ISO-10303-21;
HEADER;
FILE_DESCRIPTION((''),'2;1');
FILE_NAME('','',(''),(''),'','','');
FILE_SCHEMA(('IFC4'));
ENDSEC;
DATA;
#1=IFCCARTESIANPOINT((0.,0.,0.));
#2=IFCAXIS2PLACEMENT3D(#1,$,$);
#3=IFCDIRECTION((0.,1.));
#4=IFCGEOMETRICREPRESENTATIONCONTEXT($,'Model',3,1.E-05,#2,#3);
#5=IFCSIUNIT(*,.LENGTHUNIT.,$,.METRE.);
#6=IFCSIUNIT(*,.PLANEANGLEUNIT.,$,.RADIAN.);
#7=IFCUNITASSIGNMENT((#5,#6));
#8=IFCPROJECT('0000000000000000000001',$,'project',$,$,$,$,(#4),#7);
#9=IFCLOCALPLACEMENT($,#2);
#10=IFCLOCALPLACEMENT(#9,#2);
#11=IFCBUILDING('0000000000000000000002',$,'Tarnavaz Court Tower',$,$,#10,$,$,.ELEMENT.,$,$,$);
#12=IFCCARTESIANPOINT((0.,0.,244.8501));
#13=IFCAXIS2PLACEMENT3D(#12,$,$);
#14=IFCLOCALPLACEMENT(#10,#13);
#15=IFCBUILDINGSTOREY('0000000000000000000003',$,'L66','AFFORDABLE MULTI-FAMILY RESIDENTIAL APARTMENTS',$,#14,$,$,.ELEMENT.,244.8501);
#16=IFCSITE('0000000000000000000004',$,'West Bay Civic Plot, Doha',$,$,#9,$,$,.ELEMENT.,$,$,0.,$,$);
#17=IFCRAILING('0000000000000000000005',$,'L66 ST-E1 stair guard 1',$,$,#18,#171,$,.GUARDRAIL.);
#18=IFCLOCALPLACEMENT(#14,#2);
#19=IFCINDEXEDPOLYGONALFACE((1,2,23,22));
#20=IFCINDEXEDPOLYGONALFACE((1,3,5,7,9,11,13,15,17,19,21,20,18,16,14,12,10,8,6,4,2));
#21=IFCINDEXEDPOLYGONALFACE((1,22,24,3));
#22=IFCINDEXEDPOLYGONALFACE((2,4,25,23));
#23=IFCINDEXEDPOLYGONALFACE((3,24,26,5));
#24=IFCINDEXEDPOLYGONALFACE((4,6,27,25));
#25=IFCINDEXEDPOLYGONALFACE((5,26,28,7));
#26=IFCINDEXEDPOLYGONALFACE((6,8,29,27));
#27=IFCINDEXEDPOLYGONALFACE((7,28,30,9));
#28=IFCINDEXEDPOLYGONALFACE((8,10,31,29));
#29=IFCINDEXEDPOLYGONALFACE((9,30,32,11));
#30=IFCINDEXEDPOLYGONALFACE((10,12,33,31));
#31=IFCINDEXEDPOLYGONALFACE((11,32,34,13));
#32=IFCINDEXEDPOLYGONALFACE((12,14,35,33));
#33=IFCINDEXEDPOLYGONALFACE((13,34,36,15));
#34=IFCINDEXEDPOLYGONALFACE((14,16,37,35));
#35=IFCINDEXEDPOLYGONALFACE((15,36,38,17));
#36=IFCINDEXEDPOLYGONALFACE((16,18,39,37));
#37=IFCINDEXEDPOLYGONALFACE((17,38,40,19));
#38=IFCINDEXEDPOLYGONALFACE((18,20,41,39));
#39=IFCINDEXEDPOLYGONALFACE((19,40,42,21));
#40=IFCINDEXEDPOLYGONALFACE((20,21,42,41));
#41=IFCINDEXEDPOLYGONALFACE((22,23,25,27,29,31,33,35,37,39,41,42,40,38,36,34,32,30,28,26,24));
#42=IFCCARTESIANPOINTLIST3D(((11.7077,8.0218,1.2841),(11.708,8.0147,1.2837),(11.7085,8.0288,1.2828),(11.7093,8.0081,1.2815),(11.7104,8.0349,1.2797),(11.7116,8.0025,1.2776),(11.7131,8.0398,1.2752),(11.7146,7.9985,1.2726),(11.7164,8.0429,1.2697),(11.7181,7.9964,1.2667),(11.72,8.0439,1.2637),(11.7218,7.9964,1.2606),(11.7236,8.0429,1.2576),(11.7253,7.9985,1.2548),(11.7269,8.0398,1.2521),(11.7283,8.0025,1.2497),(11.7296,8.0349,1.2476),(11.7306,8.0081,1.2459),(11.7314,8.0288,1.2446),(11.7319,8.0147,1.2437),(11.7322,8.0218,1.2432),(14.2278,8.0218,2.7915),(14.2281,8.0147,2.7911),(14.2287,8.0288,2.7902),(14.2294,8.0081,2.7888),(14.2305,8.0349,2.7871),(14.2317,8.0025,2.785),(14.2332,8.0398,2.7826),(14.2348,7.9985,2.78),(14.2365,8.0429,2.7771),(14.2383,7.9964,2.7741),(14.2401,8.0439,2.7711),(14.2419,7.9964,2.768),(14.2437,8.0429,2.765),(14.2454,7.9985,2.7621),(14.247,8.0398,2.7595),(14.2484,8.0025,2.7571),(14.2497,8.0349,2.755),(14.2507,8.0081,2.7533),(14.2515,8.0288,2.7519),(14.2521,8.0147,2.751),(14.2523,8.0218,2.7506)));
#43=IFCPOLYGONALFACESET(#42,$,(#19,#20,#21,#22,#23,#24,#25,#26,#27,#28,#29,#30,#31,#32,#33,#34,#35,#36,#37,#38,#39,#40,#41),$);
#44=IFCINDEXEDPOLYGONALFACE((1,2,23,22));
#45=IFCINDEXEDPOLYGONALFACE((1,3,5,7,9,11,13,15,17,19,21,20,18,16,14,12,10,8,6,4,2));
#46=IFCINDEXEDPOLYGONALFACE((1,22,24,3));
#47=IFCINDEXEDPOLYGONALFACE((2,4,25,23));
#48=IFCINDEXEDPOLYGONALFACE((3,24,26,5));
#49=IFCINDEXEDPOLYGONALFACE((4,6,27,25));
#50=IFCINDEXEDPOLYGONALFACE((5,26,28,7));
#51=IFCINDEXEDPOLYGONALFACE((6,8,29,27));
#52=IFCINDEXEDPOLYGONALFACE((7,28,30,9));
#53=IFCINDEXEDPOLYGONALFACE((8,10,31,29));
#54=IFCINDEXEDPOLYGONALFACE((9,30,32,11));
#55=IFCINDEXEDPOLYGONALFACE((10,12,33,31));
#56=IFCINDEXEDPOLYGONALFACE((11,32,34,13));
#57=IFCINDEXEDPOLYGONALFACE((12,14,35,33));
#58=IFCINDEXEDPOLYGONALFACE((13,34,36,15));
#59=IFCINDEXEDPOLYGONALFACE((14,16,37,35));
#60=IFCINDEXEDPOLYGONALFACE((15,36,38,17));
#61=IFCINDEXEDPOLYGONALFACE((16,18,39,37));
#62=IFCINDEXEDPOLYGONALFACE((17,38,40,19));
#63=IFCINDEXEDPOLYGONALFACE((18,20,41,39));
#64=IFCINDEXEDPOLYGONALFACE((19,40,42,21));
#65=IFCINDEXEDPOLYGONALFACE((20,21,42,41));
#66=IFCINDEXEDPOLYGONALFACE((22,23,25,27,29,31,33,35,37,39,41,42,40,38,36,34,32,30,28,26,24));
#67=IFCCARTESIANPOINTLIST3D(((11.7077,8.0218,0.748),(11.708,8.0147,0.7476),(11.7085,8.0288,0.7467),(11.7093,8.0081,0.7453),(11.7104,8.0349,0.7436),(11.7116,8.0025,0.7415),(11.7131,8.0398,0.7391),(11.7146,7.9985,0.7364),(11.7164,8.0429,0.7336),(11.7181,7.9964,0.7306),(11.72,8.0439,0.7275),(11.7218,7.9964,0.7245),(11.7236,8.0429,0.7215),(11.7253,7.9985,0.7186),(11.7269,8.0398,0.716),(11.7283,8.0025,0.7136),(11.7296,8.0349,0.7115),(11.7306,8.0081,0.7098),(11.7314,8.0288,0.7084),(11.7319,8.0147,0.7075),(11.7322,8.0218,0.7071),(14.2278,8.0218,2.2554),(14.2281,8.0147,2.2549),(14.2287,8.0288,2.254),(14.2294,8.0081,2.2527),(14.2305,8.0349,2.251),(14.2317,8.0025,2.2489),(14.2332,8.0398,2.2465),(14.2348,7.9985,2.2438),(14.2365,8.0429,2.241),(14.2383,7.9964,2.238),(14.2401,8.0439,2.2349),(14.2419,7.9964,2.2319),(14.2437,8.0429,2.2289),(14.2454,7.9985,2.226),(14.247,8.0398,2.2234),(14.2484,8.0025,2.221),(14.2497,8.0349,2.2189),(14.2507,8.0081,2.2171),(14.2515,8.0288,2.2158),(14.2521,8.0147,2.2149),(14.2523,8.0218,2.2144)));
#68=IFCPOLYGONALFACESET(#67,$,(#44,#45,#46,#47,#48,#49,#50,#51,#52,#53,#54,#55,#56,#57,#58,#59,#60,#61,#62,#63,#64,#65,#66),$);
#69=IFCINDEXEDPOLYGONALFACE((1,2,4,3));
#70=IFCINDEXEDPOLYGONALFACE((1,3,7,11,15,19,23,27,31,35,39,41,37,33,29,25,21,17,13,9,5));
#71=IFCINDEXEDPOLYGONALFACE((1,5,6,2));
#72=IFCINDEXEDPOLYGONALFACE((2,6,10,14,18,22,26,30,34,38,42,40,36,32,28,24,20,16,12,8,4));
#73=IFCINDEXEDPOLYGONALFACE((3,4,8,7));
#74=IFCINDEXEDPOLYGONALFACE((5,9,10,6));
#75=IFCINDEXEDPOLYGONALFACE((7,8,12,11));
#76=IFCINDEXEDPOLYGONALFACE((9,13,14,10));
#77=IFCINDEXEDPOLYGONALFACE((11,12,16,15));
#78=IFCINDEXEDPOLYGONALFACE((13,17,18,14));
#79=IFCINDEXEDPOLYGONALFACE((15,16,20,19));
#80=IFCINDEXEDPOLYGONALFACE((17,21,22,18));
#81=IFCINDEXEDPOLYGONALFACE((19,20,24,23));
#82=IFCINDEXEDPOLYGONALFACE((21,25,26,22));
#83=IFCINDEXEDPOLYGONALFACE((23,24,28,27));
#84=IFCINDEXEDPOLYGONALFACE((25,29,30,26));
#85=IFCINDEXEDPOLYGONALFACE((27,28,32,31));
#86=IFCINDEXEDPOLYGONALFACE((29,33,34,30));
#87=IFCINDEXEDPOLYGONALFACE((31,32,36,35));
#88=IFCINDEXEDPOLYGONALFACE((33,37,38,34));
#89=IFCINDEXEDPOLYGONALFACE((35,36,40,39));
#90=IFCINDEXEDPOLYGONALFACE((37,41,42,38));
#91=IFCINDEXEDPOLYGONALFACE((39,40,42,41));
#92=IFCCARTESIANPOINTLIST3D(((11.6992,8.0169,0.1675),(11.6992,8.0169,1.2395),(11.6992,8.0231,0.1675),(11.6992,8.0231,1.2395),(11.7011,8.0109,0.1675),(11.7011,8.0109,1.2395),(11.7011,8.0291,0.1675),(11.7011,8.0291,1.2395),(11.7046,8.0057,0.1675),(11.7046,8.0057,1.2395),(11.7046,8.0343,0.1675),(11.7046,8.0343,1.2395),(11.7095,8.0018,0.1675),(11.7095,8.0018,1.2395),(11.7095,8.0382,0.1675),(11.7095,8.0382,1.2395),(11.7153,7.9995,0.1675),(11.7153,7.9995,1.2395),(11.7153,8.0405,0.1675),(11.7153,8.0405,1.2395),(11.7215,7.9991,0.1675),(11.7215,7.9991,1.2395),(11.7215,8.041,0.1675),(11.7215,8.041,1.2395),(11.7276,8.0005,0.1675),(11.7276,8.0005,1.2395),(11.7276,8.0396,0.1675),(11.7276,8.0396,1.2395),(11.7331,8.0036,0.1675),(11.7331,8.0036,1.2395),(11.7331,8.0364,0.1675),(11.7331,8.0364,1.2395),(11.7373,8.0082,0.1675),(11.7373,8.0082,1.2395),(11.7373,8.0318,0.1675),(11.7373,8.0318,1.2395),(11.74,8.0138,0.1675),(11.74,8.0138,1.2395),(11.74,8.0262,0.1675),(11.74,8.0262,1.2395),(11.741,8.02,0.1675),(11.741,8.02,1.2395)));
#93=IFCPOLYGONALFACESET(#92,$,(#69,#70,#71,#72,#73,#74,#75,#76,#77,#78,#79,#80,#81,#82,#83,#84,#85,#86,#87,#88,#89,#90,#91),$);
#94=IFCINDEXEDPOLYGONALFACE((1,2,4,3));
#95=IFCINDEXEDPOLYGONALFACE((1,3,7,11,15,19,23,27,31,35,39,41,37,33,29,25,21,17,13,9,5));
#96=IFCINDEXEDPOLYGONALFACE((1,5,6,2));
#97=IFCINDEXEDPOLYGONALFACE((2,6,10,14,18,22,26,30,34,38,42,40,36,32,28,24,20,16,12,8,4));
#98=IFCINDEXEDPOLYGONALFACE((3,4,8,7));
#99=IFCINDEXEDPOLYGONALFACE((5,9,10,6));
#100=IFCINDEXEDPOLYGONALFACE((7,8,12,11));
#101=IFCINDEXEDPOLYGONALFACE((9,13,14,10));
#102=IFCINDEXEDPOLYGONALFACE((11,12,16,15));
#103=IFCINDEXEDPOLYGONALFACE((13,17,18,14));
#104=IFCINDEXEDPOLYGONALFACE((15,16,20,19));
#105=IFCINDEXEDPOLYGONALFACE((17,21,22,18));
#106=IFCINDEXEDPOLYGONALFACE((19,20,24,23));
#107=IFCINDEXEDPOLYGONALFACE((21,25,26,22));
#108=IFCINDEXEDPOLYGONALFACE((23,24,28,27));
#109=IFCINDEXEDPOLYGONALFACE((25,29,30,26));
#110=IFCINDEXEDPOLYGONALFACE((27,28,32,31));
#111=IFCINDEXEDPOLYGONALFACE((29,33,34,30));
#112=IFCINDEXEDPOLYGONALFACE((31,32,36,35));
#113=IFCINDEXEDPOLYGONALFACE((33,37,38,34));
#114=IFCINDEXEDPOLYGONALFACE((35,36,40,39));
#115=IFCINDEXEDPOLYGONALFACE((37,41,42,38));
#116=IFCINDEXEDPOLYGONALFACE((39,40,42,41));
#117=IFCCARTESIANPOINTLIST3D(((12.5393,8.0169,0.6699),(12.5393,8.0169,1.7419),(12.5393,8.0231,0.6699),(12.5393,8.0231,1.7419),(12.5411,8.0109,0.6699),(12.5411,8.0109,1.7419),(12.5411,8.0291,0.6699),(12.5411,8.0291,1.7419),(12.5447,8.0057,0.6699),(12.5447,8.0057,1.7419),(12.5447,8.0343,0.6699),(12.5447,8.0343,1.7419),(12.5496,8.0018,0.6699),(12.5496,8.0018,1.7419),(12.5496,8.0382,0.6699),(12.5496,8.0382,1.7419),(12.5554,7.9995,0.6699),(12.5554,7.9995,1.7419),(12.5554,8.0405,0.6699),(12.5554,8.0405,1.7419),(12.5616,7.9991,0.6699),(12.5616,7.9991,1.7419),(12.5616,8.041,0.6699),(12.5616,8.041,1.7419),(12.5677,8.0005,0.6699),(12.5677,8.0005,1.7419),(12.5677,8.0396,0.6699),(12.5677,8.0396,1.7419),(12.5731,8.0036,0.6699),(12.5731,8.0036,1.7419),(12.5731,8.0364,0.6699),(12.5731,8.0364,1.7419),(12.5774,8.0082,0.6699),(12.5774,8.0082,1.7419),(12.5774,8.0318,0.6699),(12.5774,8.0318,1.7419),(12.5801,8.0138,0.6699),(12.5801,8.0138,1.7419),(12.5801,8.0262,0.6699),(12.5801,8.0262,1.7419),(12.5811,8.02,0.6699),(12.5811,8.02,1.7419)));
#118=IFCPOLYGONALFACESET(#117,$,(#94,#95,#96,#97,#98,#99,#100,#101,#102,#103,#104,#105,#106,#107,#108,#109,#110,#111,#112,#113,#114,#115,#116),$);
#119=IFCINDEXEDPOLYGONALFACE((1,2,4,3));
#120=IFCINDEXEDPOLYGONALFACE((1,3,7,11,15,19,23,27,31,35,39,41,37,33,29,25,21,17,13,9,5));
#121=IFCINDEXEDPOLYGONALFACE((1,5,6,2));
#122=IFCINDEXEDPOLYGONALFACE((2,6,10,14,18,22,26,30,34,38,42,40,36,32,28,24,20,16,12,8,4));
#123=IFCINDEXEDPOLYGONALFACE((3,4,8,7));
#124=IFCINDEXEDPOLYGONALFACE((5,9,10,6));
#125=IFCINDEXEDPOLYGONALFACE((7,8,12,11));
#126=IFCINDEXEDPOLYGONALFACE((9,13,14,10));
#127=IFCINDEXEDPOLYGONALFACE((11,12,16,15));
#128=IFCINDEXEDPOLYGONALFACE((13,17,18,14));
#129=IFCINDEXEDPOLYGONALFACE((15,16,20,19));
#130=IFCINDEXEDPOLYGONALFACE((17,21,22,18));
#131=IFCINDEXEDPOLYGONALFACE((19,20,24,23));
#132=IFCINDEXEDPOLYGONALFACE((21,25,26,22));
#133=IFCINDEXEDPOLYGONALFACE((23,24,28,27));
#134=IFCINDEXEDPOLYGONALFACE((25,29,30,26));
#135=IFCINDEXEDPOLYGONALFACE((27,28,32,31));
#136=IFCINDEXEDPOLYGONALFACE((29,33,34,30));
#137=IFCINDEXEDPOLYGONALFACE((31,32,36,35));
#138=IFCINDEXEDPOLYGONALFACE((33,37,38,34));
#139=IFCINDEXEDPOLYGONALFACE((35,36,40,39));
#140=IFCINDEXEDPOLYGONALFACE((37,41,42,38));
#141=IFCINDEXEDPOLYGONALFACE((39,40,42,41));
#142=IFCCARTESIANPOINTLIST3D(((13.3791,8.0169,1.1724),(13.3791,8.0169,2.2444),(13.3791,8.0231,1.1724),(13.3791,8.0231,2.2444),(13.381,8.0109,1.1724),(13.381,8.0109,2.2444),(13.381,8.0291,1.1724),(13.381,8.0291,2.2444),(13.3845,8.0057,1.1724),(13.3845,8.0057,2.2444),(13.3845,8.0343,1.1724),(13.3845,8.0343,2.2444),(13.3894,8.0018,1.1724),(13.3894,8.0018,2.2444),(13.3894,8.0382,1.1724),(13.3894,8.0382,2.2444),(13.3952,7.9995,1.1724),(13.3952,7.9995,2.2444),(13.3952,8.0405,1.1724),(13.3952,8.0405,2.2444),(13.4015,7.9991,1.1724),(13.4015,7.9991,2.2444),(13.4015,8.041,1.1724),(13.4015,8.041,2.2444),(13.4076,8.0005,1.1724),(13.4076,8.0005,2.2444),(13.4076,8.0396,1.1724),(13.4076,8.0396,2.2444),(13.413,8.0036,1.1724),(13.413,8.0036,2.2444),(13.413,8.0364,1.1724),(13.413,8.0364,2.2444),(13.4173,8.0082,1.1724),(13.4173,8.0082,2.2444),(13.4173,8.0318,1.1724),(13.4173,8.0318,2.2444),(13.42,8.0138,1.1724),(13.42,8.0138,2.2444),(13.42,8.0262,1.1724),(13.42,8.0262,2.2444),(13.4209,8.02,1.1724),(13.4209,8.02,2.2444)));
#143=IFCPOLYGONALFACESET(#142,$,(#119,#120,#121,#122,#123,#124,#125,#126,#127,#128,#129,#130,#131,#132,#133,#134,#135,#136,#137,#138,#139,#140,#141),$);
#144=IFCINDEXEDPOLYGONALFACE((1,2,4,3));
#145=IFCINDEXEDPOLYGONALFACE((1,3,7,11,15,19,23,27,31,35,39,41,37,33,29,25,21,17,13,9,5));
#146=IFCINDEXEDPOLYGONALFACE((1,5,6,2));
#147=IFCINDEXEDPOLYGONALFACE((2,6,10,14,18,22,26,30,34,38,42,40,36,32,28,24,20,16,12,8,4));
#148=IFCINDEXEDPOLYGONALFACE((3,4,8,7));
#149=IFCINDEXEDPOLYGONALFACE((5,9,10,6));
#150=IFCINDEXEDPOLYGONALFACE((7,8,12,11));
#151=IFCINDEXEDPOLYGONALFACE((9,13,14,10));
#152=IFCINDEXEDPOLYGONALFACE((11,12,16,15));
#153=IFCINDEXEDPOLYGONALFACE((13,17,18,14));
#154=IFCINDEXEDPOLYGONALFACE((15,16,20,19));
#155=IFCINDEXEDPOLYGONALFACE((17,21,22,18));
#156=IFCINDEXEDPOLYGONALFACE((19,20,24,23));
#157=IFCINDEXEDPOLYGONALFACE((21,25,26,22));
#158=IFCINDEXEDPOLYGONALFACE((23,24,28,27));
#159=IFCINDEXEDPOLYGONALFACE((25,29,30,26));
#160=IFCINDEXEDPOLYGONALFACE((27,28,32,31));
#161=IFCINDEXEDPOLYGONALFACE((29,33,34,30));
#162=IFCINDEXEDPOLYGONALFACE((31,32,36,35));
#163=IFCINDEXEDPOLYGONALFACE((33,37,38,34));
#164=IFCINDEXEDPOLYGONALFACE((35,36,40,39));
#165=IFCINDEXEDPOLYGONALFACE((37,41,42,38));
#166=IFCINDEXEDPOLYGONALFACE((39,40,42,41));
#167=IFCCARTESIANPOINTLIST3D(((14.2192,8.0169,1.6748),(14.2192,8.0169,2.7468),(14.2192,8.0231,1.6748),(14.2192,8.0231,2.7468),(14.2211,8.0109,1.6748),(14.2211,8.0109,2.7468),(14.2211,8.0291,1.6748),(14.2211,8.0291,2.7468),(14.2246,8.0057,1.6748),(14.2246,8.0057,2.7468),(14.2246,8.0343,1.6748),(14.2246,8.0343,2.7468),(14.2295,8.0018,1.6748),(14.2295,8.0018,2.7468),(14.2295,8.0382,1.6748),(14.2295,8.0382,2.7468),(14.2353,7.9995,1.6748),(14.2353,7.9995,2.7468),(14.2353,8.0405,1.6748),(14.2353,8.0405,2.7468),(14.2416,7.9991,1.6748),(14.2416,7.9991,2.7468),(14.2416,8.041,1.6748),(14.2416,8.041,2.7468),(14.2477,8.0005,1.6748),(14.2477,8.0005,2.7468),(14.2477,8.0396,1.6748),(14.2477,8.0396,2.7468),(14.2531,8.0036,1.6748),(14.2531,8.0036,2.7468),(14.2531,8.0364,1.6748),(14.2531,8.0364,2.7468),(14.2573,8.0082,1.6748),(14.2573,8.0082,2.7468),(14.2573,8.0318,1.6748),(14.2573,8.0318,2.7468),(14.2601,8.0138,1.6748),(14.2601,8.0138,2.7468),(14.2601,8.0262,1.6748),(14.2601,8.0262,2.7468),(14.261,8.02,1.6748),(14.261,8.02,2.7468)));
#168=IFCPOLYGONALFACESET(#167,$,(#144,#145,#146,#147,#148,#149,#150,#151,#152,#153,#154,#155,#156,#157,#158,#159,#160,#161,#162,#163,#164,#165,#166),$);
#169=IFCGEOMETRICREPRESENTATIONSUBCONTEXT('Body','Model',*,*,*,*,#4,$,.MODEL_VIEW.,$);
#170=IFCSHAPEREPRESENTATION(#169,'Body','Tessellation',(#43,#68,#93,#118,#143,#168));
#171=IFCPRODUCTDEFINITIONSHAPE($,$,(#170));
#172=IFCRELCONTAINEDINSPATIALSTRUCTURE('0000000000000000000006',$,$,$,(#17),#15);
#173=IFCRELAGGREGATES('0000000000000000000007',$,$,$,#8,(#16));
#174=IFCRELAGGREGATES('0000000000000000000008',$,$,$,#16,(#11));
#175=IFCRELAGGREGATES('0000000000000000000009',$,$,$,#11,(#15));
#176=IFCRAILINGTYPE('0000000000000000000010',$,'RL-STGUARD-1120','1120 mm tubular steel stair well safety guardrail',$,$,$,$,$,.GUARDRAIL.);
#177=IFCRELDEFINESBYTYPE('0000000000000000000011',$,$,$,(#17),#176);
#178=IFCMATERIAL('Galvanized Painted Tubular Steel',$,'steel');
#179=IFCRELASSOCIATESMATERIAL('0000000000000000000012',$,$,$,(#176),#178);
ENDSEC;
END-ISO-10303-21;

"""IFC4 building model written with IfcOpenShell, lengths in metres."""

from ifc_helpers import new_model, si_unit, direction, frame, origin, origin_2d, place, context, subcontext, project, spatial, circle, extrude, material, type_object, element, save


model = new_model("IFC4")

# Units and contexts
model_context = context("Model", 3, precision=1e-05, world=origin(), true_north=direction((0.0, 1.0)))
body_context = subcontext(model_context, "Body", "Model", "MODEL_VIEW")
ifc_project = project(units=[si_unit("LENGTHUNIT", "METRE"), si_unit("PLANEANGLEUNIT", "RADIAN")], contexts=[model_context])

# Site, building, storey
site_placement = place(None, origin())
site = spatial("IfcSite", under=ifc_project, at=site_placement, Name="West Bay Civic Plot, Doha", CompositionType="ELEMENT", RefElevation=0.0)
building_placement = place(site_placement, origin())
building = spatial("IfcBuilding", under=site, at=building_placement, Name="Tarnavaz Court Tower", CompositionType="ELEMENT")
storey_placement = place(building_placement, frame((0.0, 0.0, 244.8501)))
storey = spatial("IfcBuildingStorey", under=building, at=storey_placement, Name="L66", Description="AFFORDABLE MULTI-FAMILY RESIDENTIAL APARTMENTS", CompositionType="ELEMENT", Elevation=244.8501)

# Railing
ifc_material_1 = material(Name="Galvanized Painted Tubular Steel", Category="steel")
railing_type_1 = type_object("IfcRailingType", Name="RL-STGUARD-1120", Description="1120 mm tubular steel stair well safety guardrail", PredefinedType="GUARDRAIL", material=ifc_material_1)
railing_1_placement = place(storey_placement, frame((11.72, 8.02, 0.1675)))
element("IfcRailing", 1, at=railing_1_placement, inside=storey, type_object=railing_type_1, Name="L66 ST-E1 stair guard 1", PredefinedType="GUARDRAIL", context=body_context, shape_type="SweptSolid", body=[
    extrude(circle(Radius=0.0239, at=origin_2d()), frame((0.0, 0.0, 1.0962), z_axis=(0.858196, 0.0, 0.513321), x_axis=(0.0, 1.0, 0.0)), (0.0, 0.0, 1.0), 2.9365),
    extrude(circle(Radius=0.0239, at=origin_2d()), frame((0.0, 0.0, 0.5601), z_axis=(0.858196, 0.0, 0.513321), x_axis=(0.0, 1.0, 0.0)), (0.0, 0.0, 1.0), 2.9365),
    extrude(circle(Radius=0.021, at=origin_2d()), origin(), (0.0, 0.0, 1.0), 1.072),
    extrude(circle(Radius=0.021, at=origin_2d()), frame((0.8401, 0.0, 0.5024)), (0.0, 0.0, 1.0), 1.072),
    extrude(circle(Radius=0.021, at=origin_2d()), frame((1.6799, 0.0, 1.0049)), (0.0, 0.0, 1.0), 1.072),
    extrude(circle(Radius=0.021, at=origin_2d()), frame((2.52, 0.0, 1.5073)), (0.0, 0.0, 1.0), 1.072),
])

save(model, "model.ifc")
